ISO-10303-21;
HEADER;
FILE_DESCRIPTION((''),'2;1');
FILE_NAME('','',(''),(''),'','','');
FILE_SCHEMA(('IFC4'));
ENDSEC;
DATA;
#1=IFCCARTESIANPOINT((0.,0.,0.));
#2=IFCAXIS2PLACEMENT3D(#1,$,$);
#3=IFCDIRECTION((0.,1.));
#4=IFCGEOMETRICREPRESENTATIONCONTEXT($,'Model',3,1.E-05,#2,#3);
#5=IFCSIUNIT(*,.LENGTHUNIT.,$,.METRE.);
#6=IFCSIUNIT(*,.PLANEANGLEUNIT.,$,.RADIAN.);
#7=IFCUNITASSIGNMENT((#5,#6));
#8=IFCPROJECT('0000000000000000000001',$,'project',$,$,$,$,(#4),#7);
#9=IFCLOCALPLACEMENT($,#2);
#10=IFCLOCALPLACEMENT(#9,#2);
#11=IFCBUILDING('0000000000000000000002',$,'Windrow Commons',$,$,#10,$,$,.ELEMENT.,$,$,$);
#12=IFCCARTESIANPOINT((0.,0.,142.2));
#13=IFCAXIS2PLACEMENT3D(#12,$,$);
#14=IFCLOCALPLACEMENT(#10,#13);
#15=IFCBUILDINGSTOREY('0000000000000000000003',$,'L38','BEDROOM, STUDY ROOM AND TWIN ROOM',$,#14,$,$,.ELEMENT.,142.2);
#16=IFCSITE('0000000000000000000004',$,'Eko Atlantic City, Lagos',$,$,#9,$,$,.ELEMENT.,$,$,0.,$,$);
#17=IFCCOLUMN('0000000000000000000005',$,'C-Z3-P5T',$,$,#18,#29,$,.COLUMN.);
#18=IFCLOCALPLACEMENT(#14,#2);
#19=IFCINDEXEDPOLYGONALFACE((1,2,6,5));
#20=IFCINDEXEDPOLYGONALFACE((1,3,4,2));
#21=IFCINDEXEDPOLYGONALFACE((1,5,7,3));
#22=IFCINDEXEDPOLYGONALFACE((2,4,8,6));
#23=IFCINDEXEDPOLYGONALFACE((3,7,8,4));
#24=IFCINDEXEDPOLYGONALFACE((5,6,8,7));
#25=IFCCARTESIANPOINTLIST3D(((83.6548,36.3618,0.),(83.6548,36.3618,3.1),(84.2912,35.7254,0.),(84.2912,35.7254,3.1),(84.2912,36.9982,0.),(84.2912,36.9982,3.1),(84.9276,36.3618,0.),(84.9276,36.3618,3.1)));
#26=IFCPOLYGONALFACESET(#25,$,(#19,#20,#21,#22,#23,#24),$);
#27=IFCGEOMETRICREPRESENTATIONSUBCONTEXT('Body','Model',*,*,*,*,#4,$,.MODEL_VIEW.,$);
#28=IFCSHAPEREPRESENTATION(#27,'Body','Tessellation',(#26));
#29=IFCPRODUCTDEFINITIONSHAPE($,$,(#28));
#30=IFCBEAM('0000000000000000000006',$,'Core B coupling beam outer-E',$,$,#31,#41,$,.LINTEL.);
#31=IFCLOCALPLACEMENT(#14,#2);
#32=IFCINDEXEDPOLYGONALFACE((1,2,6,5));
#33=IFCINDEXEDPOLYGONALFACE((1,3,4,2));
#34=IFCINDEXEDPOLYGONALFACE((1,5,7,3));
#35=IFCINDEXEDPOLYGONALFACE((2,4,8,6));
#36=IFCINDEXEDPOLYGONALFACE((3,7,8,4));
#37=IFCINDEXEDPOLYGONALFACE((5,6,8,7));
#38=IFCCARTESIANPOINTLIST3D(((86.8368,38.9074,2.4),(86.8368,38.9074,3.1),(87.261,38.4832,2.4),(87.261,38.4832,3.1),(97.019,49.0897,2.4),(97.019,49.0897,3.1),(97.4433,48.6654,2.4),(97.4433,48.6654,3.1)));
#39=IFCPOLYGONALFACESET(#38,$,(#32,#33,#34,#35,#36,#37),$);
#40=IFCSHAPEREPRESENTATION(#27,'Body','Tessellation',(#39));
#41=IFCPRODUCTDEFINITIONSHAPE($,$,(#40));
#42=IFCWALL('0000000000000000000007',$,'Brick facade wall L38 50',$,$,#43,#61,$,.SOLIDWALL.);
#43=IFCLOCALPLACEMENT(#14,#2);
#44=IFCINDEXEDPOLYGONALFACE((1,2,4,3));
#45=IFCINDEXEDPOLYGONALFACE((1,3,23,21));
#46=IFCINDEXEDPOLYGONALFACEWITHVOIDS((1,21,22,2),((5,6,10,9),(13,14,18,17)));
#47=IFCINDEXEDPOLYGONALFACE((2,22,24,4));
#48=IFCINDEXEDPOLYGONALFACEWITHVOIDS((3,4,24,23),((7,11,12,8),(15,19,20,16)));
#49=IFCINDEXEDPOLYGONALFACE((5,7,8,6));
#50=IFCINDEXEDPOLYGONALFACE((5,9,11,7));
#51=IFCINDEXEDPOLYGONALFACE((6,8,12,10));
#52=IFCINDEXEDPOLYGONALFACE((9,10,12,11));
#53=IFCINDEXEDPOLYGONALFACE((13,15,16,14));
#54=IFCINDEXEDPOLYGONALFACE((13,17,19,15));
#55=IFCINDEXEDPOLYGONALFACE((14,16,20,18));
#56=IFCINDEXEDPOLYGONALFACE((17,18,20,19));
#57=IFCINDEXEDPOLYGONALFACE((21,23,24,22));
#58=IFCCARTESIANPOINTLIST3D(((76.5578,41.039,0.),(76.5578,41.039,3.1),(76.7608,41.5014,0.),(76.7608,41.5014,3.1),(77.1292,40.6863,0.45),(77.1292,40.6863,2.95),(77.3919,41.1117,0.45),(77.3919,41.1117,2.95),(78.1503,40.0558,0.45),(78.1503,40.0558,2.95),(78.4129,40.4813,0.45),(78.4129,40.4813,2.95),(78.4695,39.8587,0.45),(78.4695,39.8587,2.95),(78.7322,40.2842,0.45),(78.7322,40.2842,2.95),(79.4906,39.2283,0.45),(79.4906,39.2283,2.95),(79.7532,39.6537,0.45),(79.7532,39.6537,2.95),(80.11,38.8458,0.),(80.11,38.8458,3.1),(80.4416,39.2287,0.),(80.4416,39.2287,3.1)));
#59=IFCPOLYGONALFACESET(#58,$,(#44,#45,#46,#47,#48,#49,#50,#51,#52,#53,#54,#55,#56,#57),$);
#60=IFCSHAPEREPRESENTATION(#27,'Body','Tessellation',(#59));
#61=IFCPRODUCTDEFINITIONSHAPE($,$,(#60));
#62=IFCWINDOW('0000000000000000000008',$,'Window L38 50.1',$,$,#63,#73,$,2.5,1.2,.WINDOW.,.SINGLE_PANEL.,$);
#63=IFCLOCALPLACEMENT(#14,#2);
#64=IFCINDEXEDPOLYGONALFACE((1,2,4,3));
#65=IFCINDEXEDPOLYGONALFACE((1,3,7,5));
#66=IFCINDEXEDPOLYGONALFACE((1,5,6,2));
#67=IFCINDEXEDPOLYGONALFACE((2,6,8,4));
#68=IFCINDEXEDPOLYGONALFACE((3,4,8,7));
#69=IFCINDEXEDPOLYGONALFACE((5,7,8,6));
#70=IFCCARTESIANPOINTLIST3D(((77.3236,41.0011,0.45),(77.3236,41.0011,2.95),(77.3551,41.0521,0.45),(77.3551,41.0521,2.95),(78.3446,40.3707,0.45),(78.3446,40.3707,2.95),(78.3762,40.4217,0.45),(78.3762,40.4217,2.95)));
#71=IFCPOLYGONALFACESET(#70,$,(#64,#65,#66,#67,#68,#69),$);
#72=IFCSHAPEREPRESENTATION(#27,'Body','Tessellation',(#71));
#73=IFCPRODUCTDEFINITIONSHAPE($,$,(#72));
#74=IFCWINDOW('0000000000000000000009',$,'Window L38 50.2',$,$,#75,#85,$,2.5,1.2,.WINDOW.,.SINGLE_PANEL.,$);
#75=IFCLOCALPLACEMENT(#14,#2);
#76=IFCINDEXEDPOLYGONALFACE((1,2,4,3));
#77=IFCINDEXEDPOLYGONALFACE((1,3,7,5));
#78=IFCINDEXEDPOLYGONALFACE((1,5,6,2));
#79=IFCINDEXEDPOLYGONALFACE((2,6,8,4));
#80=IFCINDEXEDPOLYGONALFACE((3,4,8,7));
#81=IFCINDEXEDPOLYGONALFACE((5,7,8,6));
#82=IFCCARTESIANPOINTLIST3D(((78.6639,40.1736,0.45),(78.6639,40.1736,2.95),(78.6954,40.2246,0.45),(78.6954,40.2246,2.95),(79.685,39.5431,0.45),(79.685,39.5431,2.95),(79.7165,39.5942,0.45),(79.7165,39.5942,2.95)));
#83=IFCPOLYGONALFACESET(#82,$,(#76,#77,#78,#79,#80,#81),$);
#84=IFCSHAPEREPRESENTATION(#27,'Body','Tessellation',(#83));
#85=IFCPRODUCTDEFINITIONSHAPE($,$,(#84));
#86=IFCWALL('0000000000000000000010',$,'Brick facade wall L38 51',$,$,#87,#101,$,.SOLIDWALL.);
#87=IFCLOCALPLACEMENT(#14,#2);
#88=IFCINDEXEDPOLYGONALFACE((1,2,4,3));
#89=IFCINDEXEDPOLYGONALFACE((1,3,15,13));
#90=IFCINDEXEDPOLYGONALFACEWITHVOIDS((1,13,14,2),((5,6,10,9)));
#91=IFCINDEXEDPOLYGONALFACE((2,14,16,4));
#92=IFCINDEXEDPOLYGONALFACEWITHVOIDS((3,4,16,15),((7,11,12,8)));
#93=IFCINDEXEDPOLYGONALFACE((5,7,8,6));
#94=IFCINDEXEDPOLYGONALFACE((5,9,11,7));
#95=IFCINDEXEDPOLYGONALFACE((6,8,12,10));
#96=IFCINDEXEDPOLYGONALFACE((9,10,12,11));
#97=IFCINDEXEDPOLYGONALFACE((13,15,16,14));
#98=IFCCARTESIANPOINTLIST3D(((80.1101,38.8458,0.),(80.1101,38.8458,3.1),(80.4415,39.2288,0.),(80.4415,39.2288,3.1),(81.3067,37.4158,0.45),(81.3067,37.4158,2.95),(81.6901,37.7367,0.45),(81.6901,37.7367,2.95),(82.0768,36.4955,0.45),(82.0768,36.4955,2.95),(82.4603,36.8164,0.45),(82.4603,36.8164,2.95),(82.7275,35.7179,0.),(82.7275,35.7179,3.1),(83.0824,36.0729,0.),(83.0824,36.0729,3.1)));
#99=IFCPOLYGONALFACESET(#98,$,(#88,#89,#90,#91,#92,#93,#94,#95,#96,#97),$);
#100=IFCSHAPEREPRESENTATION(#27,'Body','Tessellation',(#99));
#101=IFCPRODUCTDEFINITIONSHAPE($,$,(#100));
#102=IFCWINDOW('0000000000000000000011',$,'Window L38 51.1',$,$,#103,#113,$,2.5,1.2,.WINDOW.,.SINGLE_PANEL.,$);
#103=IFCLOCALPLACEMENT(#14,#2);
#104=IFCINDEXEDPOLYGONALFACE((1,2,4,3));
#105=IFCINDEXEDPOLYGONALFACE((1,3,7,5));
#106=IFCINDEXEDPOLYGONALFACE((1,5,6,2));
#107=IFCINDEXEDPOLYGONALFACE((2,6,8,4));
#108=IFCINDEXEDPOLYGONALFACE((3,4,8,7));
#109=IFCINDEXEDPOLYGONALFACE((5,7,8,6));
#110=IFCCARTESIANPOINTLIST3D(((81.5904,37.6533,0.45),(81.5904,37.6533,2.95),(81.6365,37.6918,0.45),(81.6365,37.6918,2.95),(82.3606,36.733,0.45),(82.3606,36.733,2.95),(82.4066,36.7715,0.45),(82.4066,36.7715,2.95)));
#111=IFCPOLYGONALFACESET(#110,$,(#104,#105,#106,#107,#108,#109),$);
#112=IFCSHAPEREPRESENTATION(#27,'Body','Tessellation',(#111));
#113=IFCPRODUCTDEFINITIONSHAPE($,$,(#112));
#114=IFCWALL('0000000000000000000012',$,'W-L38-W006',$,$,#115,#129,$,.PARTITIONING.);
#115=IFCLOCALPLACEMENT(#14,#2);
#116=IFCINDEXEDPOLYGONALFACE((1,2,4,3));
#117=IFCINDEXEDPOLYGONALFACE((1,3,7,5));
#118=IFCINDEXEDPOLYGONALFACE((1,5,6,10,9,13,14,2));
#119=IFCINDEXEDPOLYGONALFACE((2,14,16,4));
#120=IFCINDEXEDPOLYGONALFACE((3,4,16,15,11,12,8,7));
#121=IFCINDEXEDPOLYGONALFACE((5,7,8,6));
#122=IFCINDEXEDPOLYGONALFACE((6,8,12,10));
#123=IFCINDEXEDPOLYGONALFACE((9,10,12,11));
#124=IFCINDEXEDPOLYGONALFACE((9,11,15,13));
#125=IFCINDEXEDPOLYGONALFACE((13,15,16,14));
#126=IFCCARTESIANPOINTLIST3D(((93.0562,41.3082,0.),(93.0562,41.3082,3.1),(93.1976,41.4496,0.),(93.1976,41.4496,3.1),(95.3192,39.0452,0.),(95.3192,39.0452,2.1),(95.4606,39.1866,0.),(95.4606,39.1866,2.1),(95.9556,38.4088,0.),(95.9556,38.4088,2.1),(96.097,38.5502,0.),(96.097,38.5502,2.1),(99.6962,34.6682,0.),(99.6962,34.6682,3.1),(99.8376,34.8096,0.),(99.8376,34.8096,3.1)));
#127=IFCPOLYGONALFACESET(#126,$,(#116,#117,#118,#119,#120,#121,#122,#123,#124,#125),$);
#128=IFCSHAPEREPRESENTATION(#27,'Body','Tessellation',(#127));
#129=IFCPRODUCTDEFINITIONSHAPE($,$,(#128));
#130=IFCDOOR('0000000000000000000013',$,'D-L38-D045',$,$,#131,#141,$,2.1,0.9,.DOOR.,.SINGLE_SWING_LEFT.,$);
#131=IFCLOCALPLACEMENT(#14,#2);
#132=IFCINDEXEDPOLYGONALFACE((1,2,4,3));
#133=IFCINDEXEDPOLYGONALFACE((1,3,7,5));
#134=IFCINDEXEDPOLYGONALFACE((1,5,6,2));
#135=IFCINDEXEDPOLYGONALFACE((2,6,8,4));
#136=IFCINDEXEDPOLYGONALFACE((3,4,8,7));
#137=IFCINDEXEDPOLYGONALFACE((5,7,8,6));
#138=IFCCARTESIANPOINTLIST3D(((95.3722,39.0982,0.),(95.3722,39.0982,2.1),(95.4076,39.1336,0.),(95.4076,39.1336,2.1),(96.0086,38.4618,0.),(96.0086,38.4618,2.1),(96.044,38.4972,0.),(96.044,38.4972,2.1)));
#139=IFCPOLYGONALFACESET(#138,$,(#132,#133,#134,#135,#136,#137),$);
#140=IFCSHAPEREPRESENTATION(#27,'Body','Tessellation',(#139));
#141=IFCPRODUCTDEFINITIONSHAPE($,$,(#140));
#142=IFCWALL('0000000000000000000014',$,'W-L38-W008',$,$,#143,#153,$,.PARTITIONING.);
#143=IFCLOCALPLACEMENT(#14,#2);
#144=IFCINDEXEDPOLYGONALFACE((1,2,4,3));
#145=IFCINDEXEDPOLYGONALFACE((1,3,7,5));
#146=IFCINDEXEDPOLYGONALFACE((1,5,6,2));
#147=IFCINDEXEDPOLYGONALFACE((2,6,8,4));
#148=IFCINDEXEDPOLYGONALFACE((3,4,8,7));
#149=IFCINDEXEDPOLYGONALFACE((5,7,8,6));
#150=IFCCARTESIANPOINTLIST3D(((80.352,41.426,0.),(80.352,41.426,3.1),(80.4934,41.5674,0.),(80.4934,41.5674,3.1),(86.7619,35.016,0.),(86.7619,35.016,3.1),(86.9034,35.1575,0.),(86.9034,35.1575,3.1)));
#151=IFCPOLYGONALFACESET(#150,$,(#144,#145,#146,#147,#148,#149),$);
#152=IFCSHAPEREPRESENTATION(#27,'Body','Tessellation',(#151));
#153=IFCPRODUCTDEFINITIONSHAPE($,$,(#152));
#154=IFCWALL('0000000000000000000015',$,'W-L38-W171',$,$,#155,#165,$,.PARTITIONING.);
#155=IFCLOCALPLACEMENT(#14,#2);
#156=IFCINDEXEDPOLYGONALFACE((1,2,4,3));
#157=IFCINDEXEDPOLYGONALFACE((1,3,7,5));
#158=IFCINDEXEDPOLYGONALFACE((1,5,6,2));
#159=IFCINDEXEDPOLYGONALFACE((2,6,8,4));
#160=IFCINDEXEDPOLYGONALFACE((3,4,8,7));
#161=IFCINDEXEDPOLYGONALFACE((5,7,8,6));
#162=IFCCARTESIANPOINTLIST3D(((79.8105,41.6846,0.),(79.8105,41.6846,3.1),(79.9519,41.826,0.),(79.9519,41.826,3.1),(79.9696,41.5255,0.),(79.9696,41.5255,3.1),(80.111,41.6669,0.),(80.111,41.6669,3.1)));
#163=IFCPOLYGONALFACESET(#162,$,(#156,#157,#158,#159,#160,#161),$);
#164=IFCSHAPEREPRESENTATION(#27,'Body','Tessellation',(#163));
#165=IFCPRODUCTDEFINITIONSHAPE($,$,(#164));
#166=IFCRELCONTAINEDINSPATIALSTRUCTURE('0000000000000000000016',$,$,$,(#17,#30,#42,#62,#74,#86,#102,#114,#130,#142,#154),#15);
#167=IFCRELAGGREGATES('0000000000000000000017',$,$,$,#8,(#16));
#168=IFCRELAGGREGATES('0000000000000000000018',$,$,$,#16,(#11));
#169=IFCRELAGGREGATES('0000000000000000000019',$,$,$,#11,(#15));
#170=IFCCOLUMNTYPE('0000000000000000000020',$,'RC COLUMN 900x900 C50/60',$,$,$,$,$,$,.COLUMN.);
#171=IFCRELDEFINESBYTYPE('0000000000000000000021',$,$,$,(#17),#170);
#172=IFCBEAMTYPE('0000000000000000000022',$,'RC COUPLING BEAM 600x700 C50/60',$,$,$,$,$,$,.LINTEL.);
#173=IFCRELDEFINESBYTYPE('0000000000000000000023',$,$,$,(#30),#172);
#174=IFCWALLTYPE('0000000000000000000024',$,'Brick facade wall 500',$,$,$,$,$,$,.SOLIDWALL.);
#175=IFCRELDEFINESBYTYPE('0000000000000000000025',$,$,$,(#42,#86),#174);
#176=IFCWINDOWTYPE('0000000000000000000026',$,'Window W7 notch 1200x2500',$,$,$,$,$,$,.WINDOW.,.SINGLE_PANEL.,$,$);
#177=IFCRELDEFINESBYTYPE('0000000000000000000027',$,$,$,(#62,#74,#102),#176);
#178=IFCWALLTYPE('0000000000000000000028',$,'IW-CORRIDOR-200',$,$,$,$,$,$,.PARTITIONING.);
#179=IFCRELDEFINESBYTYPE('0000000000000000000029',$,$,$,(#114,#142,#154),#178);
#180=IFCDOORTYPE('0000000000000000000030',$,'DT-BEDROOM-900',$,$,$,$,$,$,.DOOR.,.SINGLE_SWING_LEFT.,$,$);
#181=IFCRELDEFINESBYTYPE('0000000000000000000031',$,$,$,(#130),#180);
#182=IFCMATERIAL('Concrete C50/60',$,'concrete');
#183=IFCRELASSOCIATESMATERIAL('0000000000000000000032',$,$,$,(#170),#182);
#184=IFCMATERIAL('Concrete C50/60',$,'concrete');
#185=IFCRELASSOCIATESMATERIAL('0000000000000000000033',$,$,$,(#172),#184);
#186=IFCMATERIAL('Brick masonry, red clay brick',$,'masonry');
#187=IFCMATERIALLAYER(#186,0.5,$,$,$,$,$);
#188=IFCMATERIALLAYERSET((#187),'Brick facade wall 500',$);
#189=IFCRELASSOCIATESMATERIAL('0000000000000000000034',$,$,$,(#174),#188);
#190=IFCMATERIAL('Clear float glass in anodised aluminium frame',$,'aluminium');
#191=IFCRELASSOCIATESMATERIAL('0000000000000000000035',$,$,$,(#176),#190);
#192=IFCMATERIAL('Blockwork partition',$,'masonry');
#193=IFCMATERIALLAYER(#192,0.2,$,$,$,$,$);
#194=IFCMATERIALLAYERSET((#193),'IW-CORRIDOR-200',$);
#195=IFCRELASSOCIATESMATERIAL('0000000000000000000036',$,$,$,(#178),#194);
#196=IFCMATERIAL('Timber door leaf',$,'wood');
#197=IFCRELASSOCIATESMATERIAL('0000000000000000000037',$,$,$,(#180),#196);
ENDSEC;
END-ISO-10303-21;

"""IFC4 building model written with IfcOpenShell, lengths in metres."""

from ifc_helpers import new_model, si_unit, direction, frame, frame_2d, origin, origin_2d, place, context, subcontext, project, spatial, polyline, rectangle, outline, extrude, material, layer, layer_set, material_profile, profile_set, type_object, element, fill, save


model = new_model("IFC4")

# Units and contexts
model_context = context("Model", 3, precision=1e-05, world=origin(), true_north=direction((0.0, 1.0)))
body_context = subcontext(model_context, "Body", "Model", "MODEL_VIEW")
ifc_project = project(units=[si_unit("LENGTHUNIT", "METRE"), si_unit("PLANEANGLEUNIT", "RADIAN")], contexts=[model_context])

# Site, building, storey
site_placement = place(None, origin())
site = spatial("IfcSite", under=ifc_project, at=site_placement, Name="Eko Atlantic City, Lagos", CompositionType="ELEMENT", RefElevation=0.0)
building_placement = place(site_placement, origin())
building = spatial("IfcBuilding", under=site, at=building_placement, Name="Windrow Commons", CompositionType="ELEMENT")
storey_placement = place(building_placement, frame((0.0, 0.0, 142.2)))
storey = spatial("IfcBuildingStorey", under=building, at=storey_placement, Name="L38", Description="BEDROOM, STUDY ROOM AND TWIN ROOM", CompositionType="ELEMENT", Elevation=142.2)

# Column
ifc_material_1 = material(Name="Concrete C50/60", Category="concrete")
ifc_material_profile_1 = material_profile(ifc_material_1, rectangle(XDim=0.9, YDim=0.9, at=origin_2d()))
ifc_profile_set_1 = profile_set([ifc_material_profile_1], Name="Concrete C50/60")
column_type = type_object("IfcColumnType", Name="RC COLUMN 900x900 C50/60", PredefinedType="COLUMN", material=ifc_profile_set_1)
column_placement = place(storey_placement, frame((84.2912, 36.3618, 0.0), z_axis=(0.0, 0.0, 1.0), x_axis=(0.707107, -0.707107, 0.0)))
element("IfcColumn", 1, at=column_placement, inside=storey, type_object=column_type, Name="C-Z3-P5T", PredefinedType="COLUMN", context=body_context, shape_type="SweptSolid", body=[
    extrude(rectangle(XDim=0.9, YDim=0.9, at=origin_2d()), origin(), (0.0, 0.0, 1.0), 3.1),
])

# Beam
ifc_material_2 = material(Name="Concrete C50/60", Category="concrete")
ifc_material_profile_2 = material_profile(ifc_material_2, rectangle(XDim=0.6, YDim=0.7, at=origin_2d()))
ifc_profile_set_2 = profile_set([ifc_material_profile_2], Name="Concrete C50/60")
beam_type = type_object("IfcBeamType", Name="RC COUPLING BEAM 600x700 C50/60", PredefinedType="LINTEL", material=ifc_profile_set_2)
beam_placement = place(storey_placement, frame((87.0489, 38.6953, 2.75), z_axis=(0.707107, 0.707107, 0.0), x_axis=(-0.707107, 0.707107, 0.0)))
element("IfcBeam", 2, at=beam_placement, inside=storey, type_object=beam_type, Name="Core B coupling beam outer-E", PredefinedType="LINTEL", context=body_context, shape_type="SweptSolid", body=[
    extrude(rectangle(XDim=0.6, YDim=0.7, at=origin_2d()), origin(), (0.0, 0.0, 1.0), 14.3999),
])

# Wall, openings, windows
ifc_material_3 = material(Name="Brick masonry, red clay brick", Category="masonry")
ifc_layer_1 = layer(ifc_material_3, 0.5)
ifc_layer_set_1 = layer_set([ifc_layer_1], Name="Brick facade wall 500")
wall_type_1 = type_object("IfcWallType", Name="Brick facade wall 500", PredefinedType="SOLIDWALL", material=ifc_layer_set_1)
wall_1_placement = place(storey_placement, frame((76.6593, 41.2702, 0.0), z_axis=(0.0, 0.0, 1.0), x_axis=(0.850884, -0.525353, 0.0)))
wall_1 = element("IfcWall", 3, at=wall_1_placement, inside=storey, type_object=wall_type_1, Name="Brick facade wall L38 50", PredefinedType="SOLIDWALL", context=body_context, shape_type="SweptSolid", body=[
    extrude(outline(polyline([(0.0351, -0.25), (4.2098, -0.25), (4.2908, 0.25), (-0.0351, 0.25), (0.0351, -0.25)])), origin(), (0.0, 0.0, 1.0), 3.1),
])
opening_1_placement = place(wall_1_placement, frame((0.7066, 0.0, 0.45)))
opening_1 = element("IfcOpeningElement", 4, at=opening_1_placement, cuts=wall_1, PredefinedType="OPENING", context=body_context, shape_type="SweptSolid", body=[
    extrude(rectangle(XDim=1.2, YDim=2.5, at=frame_2d((0.6, 1.25))), frame((0.0, 0.26, 0.0), z_axis=(0.0, -1.0, 0.0), x_axis=(1.0, 0.0, 0.0)), (0.0, 0.0, 1.0), 0.52),
])
opening_2_placement = place(wall_1_placement, frame((2.2818, 0.0, 0.45)))
opening_2 = element("IfcOpeningElement", 5, at=opening_2_placement, cuts=wall_1, PredefinedType="OPENING", context=body_context, shape_type="SweptSolid", body=[
    extrude(rectangle(XDim=1.2, YDim=2.5, at=frame_2d((0.6, 1.25))), frame((0.0, 0.26, 0.0), z_axis=(0.0, -1.0, 0.0), x_axis=(1.0, 0.0, 0.0)), (0.0, 0.0, 1.0), 0.52),
])
ifc_material_4 = material(Name="Clear float glass in anodised aluminium frame", Category="aluminium")
window_type = type_object("IfcWindowType", Name="Window W7 notch 1200x2500", PartitioningType="SINGLE_PANEL", PredefinedType="WINDOW", material=ifc_material_4)
window_1_placement = place(opening_1_placement, origin())
window_1 = element("IfcWindow", 6, at=window_1_placement, inside=storey, type_object=window_type, Name="Window L38 50.1", OverallHeight=2.5, OverallWidth=1.2, PartitioningType="SINGLE_PANEL", PredefinedType="WINDOW", context=body_context, shape_type="SweptSolid", body=[
    extrude(rectangle(XDim=1.2, YDim=2.5, at=frame_2d((0.6, 1.25))), frame((0.0, 0.18, 0.0), z_axis=(0.0, -1.0, 0.0), x_axis=(1.0, 0.0, 0.0)), (0.0, 0.0, 1.0), 0.06),
])
fill(opening_1, window_1)
window_2_placement = place(opening_2_placement, origin())
window_2 = element("IfcWindow", 7, at=window_2_placement, inside=storey, type_object=window_type, Name="Window L38 50.2", OverallHeight=2.5, OverallWidth=1.2, PartitioningType="SINGLE_PANEL", PredefinedType="WINDOW", context=body_context, shape_type="SweptSolid", body=[
    extrude(rectangle(XDim=1.2, YDim=2.5, at=frame_2d((0.6, 1.25))), frame((0.0, 0.18, 0.0), z_axis=(0.0, -1.0, 0.0), x_axis=(1.0, 0.0, 0.0)), (0.0, 0.0, 1.0), 0.06),
])
fill(opening_2, window_2)

# Wall, opening, window
wall_2_placement = place(storey_placement, frame((80.2758, 39.0373, 0.0), z_axis=(0.0, 0.0, 1.0), x_axis=(0.64176, -0.766905, 0.0)))
wall_2 = element("IfcWall", 8, at=wall_2_placement, inside=storey, type_object=wall_type_1, Name="Brick facade wall L38 51", PredefinedType="SOLIDWALL", context=body_context, shape_type="SweptSolid", body=[
    extrude(outline(polyline([(0.0405, -0.25), (4.1191, -0.25), (4.0746, 0.25), (-0.0405, 0.25), (0.0405, -0.25)])), origin(), (0.0, 0.0, 1.0), 3.1),
])
opening_3_placement = place(wall_2_placement, frame((1.9051, 0.0, 0.45)))
opening_3 = element("IfcOpeningElement", 9, at=opening_3_placement, cuts=wall_2, PredefinedType="OPENING", context=body_context, shape_type="SweptSolid", body=[
    extrude(rectangle(XDim=1.2, YDim=2.5, at=frame_2d((0.6, 1.25))), frame((0.0, 0.26, 0.0), z_axis=(0.0, -1.0, 0.0), x_axis=(1.0, 0.0, 0.0)), (0.0, 0.0, 1.0), 0.52),
])
window_3_placement = place(opening_3_placement, origin())
window_3 = element("IfcWindow", 10, at=window_3_placement, inside=storey, type_object=window_type, Name="Window L38 51.1", OverallHeight=2.5, OverallWidth=1.2, PartitioningType="SINGLE_PANEL", PredefinedType="WINDOW", context=body_context, shape_type="SweptSolid", body=[
    extrude(rectangle(XDim=1.2, YDim=2.5, at=frame_2d((0.6, 1.25))), frame((0.0, 0.18, 0.0), z_axis=(0.0, -1.0, 0.0), x_axis=(1.0, 0.0, 0.0)), (0.0, 0.0, 1.0), 0.06),
])
fill(opening_3, window_3)

# Wall, opening, door
ifc_material_5 = material(Name="Blockwork partition", Category="masonry")
ifc_layer_2 = layer(ifc_material_5, 0.2)
ifc_layer_set_2 = layer_set([ifc_layer_2], Name="IW-CORRIDOR-200")
wall_type_2 = type_object("IfcWallType", Name="IW-CORRIDOR-200", PredefinedType="PARTITIONING", material=ifc_layer_set_2)
wall_3_placement = place(storey_placement, frame((93.1269, 41.3789, 0.0), z_axis=(0.0, 0.0, 1.0), x_axis=(0.707107, -0.707107, 0.0)))
wall_3 = element("IfcWall", 11, at=wall_3_placement, inside=storey, type_object=wall_type_2, Name="W-L38-W006", PredefinedType="PARTITIONING", context=body_context, shape_type="SweptSolid", body=[
    extrude(rectangle(XDim=9.3904, YDim=0.2, at=frame_2d((4.6952, 0.0))), origin(), (0.0, 0.0, 1.0), 3.1),
])
opening_4_placement = place(wall_3_placement, frame((3.2004, 0.0, 0.0)))
opening_4 = element("IfcOpeningElement", 12, at=opening_4_placement, cuts=wall_3, PredefinedType="OPENING", context=body_context, shape_type="SweptSolid", body=[
    extrude(rectangle(XDim=0.9, YDim=2.1, at=frame_2d((0.45, 1.05))), frame((0.0, 0.11, 0.0), z_axis=(0.0, -1.0, 0.0), x_axis=(1.0, 0.0, 0.0)), (0.0, 0.0, 1.0), 0.22),
])
ifc_material_6 = material(Name="Timber door leaf", Category="wood")
door_type_1 = type_object("IfcDoorType", Name="DT-BEDROOM-900", OperationType="SINGLE_SWING_LEFT", PredefinedType="DOOR", material=ifc_material_6)
door_1_placement = place(opening_4_placement, origin())
door_1 = element("IfcDoor", 13, at=door_1_placement, inside=storey, type_object=door_type_1, Name="D-L38-D045", OperationType="SINGLE_SWING_LEFT", OverallHeight=2.1, OverallWidth=0.9, PredefinedType="DOOR", context=body_context, shape_type="SweptSolid", body=[
    extrude(rectangle(XDim=0.9, YDim=2.1, at=frame_2d((0.45, 1.05))), frame((0.0, 0.025, 0.0), z_axis=(0.0, -1.0, 0.0), x_axis=(1.0, 0.0, 0.0)), (0.0, 0.0, 1.0), 0.05),
])
fill(opening_4, door_1)

# Walls
wall_4_placement = place(storey_placement, frame((80.4227, 41.4967, 0.0), z_axis=(0.0, 0.0, 1.0), x_axis=(0.707107, -0.707107, 0.0)))
element("IfcWall", 14, at=wall_4_placement, inside=storey, type_object=wall_type_2, Name="W-L38-W008", PredefinedType="PARTITIONING", context=body_context, shape_type="SweptSolid", body=[
    extrude(rectangle(XDim=9.0651, YDim=0.2, at=frame_2d((4.5325, 0.0))), origin(), (0.0, 0.0, 1.0), 3.1),
])
wall_5_placement = place(storey_placement, frame((79.8812, 41.7553, 0.0), z_axis=(0.0, 0.0, 1.0), x_axis=(0.707107, -0.707107, 0.0)))
element("IfcWall", 15, at=wall_5_placement, inside=storey, type_object=wall_type_2, Name="W-L38-W171", PredefinedType="PARTITIONING", context=body_context, shape_type="SweptSolid", body=[
    extrude(rectangle(XDim=0.225, YDim=0.2, at=frame_2d((0.1125, 0.0))), origin(), (0.0, 0.0, 1.0), 3.1),
])

save(model, "model.ifc")
